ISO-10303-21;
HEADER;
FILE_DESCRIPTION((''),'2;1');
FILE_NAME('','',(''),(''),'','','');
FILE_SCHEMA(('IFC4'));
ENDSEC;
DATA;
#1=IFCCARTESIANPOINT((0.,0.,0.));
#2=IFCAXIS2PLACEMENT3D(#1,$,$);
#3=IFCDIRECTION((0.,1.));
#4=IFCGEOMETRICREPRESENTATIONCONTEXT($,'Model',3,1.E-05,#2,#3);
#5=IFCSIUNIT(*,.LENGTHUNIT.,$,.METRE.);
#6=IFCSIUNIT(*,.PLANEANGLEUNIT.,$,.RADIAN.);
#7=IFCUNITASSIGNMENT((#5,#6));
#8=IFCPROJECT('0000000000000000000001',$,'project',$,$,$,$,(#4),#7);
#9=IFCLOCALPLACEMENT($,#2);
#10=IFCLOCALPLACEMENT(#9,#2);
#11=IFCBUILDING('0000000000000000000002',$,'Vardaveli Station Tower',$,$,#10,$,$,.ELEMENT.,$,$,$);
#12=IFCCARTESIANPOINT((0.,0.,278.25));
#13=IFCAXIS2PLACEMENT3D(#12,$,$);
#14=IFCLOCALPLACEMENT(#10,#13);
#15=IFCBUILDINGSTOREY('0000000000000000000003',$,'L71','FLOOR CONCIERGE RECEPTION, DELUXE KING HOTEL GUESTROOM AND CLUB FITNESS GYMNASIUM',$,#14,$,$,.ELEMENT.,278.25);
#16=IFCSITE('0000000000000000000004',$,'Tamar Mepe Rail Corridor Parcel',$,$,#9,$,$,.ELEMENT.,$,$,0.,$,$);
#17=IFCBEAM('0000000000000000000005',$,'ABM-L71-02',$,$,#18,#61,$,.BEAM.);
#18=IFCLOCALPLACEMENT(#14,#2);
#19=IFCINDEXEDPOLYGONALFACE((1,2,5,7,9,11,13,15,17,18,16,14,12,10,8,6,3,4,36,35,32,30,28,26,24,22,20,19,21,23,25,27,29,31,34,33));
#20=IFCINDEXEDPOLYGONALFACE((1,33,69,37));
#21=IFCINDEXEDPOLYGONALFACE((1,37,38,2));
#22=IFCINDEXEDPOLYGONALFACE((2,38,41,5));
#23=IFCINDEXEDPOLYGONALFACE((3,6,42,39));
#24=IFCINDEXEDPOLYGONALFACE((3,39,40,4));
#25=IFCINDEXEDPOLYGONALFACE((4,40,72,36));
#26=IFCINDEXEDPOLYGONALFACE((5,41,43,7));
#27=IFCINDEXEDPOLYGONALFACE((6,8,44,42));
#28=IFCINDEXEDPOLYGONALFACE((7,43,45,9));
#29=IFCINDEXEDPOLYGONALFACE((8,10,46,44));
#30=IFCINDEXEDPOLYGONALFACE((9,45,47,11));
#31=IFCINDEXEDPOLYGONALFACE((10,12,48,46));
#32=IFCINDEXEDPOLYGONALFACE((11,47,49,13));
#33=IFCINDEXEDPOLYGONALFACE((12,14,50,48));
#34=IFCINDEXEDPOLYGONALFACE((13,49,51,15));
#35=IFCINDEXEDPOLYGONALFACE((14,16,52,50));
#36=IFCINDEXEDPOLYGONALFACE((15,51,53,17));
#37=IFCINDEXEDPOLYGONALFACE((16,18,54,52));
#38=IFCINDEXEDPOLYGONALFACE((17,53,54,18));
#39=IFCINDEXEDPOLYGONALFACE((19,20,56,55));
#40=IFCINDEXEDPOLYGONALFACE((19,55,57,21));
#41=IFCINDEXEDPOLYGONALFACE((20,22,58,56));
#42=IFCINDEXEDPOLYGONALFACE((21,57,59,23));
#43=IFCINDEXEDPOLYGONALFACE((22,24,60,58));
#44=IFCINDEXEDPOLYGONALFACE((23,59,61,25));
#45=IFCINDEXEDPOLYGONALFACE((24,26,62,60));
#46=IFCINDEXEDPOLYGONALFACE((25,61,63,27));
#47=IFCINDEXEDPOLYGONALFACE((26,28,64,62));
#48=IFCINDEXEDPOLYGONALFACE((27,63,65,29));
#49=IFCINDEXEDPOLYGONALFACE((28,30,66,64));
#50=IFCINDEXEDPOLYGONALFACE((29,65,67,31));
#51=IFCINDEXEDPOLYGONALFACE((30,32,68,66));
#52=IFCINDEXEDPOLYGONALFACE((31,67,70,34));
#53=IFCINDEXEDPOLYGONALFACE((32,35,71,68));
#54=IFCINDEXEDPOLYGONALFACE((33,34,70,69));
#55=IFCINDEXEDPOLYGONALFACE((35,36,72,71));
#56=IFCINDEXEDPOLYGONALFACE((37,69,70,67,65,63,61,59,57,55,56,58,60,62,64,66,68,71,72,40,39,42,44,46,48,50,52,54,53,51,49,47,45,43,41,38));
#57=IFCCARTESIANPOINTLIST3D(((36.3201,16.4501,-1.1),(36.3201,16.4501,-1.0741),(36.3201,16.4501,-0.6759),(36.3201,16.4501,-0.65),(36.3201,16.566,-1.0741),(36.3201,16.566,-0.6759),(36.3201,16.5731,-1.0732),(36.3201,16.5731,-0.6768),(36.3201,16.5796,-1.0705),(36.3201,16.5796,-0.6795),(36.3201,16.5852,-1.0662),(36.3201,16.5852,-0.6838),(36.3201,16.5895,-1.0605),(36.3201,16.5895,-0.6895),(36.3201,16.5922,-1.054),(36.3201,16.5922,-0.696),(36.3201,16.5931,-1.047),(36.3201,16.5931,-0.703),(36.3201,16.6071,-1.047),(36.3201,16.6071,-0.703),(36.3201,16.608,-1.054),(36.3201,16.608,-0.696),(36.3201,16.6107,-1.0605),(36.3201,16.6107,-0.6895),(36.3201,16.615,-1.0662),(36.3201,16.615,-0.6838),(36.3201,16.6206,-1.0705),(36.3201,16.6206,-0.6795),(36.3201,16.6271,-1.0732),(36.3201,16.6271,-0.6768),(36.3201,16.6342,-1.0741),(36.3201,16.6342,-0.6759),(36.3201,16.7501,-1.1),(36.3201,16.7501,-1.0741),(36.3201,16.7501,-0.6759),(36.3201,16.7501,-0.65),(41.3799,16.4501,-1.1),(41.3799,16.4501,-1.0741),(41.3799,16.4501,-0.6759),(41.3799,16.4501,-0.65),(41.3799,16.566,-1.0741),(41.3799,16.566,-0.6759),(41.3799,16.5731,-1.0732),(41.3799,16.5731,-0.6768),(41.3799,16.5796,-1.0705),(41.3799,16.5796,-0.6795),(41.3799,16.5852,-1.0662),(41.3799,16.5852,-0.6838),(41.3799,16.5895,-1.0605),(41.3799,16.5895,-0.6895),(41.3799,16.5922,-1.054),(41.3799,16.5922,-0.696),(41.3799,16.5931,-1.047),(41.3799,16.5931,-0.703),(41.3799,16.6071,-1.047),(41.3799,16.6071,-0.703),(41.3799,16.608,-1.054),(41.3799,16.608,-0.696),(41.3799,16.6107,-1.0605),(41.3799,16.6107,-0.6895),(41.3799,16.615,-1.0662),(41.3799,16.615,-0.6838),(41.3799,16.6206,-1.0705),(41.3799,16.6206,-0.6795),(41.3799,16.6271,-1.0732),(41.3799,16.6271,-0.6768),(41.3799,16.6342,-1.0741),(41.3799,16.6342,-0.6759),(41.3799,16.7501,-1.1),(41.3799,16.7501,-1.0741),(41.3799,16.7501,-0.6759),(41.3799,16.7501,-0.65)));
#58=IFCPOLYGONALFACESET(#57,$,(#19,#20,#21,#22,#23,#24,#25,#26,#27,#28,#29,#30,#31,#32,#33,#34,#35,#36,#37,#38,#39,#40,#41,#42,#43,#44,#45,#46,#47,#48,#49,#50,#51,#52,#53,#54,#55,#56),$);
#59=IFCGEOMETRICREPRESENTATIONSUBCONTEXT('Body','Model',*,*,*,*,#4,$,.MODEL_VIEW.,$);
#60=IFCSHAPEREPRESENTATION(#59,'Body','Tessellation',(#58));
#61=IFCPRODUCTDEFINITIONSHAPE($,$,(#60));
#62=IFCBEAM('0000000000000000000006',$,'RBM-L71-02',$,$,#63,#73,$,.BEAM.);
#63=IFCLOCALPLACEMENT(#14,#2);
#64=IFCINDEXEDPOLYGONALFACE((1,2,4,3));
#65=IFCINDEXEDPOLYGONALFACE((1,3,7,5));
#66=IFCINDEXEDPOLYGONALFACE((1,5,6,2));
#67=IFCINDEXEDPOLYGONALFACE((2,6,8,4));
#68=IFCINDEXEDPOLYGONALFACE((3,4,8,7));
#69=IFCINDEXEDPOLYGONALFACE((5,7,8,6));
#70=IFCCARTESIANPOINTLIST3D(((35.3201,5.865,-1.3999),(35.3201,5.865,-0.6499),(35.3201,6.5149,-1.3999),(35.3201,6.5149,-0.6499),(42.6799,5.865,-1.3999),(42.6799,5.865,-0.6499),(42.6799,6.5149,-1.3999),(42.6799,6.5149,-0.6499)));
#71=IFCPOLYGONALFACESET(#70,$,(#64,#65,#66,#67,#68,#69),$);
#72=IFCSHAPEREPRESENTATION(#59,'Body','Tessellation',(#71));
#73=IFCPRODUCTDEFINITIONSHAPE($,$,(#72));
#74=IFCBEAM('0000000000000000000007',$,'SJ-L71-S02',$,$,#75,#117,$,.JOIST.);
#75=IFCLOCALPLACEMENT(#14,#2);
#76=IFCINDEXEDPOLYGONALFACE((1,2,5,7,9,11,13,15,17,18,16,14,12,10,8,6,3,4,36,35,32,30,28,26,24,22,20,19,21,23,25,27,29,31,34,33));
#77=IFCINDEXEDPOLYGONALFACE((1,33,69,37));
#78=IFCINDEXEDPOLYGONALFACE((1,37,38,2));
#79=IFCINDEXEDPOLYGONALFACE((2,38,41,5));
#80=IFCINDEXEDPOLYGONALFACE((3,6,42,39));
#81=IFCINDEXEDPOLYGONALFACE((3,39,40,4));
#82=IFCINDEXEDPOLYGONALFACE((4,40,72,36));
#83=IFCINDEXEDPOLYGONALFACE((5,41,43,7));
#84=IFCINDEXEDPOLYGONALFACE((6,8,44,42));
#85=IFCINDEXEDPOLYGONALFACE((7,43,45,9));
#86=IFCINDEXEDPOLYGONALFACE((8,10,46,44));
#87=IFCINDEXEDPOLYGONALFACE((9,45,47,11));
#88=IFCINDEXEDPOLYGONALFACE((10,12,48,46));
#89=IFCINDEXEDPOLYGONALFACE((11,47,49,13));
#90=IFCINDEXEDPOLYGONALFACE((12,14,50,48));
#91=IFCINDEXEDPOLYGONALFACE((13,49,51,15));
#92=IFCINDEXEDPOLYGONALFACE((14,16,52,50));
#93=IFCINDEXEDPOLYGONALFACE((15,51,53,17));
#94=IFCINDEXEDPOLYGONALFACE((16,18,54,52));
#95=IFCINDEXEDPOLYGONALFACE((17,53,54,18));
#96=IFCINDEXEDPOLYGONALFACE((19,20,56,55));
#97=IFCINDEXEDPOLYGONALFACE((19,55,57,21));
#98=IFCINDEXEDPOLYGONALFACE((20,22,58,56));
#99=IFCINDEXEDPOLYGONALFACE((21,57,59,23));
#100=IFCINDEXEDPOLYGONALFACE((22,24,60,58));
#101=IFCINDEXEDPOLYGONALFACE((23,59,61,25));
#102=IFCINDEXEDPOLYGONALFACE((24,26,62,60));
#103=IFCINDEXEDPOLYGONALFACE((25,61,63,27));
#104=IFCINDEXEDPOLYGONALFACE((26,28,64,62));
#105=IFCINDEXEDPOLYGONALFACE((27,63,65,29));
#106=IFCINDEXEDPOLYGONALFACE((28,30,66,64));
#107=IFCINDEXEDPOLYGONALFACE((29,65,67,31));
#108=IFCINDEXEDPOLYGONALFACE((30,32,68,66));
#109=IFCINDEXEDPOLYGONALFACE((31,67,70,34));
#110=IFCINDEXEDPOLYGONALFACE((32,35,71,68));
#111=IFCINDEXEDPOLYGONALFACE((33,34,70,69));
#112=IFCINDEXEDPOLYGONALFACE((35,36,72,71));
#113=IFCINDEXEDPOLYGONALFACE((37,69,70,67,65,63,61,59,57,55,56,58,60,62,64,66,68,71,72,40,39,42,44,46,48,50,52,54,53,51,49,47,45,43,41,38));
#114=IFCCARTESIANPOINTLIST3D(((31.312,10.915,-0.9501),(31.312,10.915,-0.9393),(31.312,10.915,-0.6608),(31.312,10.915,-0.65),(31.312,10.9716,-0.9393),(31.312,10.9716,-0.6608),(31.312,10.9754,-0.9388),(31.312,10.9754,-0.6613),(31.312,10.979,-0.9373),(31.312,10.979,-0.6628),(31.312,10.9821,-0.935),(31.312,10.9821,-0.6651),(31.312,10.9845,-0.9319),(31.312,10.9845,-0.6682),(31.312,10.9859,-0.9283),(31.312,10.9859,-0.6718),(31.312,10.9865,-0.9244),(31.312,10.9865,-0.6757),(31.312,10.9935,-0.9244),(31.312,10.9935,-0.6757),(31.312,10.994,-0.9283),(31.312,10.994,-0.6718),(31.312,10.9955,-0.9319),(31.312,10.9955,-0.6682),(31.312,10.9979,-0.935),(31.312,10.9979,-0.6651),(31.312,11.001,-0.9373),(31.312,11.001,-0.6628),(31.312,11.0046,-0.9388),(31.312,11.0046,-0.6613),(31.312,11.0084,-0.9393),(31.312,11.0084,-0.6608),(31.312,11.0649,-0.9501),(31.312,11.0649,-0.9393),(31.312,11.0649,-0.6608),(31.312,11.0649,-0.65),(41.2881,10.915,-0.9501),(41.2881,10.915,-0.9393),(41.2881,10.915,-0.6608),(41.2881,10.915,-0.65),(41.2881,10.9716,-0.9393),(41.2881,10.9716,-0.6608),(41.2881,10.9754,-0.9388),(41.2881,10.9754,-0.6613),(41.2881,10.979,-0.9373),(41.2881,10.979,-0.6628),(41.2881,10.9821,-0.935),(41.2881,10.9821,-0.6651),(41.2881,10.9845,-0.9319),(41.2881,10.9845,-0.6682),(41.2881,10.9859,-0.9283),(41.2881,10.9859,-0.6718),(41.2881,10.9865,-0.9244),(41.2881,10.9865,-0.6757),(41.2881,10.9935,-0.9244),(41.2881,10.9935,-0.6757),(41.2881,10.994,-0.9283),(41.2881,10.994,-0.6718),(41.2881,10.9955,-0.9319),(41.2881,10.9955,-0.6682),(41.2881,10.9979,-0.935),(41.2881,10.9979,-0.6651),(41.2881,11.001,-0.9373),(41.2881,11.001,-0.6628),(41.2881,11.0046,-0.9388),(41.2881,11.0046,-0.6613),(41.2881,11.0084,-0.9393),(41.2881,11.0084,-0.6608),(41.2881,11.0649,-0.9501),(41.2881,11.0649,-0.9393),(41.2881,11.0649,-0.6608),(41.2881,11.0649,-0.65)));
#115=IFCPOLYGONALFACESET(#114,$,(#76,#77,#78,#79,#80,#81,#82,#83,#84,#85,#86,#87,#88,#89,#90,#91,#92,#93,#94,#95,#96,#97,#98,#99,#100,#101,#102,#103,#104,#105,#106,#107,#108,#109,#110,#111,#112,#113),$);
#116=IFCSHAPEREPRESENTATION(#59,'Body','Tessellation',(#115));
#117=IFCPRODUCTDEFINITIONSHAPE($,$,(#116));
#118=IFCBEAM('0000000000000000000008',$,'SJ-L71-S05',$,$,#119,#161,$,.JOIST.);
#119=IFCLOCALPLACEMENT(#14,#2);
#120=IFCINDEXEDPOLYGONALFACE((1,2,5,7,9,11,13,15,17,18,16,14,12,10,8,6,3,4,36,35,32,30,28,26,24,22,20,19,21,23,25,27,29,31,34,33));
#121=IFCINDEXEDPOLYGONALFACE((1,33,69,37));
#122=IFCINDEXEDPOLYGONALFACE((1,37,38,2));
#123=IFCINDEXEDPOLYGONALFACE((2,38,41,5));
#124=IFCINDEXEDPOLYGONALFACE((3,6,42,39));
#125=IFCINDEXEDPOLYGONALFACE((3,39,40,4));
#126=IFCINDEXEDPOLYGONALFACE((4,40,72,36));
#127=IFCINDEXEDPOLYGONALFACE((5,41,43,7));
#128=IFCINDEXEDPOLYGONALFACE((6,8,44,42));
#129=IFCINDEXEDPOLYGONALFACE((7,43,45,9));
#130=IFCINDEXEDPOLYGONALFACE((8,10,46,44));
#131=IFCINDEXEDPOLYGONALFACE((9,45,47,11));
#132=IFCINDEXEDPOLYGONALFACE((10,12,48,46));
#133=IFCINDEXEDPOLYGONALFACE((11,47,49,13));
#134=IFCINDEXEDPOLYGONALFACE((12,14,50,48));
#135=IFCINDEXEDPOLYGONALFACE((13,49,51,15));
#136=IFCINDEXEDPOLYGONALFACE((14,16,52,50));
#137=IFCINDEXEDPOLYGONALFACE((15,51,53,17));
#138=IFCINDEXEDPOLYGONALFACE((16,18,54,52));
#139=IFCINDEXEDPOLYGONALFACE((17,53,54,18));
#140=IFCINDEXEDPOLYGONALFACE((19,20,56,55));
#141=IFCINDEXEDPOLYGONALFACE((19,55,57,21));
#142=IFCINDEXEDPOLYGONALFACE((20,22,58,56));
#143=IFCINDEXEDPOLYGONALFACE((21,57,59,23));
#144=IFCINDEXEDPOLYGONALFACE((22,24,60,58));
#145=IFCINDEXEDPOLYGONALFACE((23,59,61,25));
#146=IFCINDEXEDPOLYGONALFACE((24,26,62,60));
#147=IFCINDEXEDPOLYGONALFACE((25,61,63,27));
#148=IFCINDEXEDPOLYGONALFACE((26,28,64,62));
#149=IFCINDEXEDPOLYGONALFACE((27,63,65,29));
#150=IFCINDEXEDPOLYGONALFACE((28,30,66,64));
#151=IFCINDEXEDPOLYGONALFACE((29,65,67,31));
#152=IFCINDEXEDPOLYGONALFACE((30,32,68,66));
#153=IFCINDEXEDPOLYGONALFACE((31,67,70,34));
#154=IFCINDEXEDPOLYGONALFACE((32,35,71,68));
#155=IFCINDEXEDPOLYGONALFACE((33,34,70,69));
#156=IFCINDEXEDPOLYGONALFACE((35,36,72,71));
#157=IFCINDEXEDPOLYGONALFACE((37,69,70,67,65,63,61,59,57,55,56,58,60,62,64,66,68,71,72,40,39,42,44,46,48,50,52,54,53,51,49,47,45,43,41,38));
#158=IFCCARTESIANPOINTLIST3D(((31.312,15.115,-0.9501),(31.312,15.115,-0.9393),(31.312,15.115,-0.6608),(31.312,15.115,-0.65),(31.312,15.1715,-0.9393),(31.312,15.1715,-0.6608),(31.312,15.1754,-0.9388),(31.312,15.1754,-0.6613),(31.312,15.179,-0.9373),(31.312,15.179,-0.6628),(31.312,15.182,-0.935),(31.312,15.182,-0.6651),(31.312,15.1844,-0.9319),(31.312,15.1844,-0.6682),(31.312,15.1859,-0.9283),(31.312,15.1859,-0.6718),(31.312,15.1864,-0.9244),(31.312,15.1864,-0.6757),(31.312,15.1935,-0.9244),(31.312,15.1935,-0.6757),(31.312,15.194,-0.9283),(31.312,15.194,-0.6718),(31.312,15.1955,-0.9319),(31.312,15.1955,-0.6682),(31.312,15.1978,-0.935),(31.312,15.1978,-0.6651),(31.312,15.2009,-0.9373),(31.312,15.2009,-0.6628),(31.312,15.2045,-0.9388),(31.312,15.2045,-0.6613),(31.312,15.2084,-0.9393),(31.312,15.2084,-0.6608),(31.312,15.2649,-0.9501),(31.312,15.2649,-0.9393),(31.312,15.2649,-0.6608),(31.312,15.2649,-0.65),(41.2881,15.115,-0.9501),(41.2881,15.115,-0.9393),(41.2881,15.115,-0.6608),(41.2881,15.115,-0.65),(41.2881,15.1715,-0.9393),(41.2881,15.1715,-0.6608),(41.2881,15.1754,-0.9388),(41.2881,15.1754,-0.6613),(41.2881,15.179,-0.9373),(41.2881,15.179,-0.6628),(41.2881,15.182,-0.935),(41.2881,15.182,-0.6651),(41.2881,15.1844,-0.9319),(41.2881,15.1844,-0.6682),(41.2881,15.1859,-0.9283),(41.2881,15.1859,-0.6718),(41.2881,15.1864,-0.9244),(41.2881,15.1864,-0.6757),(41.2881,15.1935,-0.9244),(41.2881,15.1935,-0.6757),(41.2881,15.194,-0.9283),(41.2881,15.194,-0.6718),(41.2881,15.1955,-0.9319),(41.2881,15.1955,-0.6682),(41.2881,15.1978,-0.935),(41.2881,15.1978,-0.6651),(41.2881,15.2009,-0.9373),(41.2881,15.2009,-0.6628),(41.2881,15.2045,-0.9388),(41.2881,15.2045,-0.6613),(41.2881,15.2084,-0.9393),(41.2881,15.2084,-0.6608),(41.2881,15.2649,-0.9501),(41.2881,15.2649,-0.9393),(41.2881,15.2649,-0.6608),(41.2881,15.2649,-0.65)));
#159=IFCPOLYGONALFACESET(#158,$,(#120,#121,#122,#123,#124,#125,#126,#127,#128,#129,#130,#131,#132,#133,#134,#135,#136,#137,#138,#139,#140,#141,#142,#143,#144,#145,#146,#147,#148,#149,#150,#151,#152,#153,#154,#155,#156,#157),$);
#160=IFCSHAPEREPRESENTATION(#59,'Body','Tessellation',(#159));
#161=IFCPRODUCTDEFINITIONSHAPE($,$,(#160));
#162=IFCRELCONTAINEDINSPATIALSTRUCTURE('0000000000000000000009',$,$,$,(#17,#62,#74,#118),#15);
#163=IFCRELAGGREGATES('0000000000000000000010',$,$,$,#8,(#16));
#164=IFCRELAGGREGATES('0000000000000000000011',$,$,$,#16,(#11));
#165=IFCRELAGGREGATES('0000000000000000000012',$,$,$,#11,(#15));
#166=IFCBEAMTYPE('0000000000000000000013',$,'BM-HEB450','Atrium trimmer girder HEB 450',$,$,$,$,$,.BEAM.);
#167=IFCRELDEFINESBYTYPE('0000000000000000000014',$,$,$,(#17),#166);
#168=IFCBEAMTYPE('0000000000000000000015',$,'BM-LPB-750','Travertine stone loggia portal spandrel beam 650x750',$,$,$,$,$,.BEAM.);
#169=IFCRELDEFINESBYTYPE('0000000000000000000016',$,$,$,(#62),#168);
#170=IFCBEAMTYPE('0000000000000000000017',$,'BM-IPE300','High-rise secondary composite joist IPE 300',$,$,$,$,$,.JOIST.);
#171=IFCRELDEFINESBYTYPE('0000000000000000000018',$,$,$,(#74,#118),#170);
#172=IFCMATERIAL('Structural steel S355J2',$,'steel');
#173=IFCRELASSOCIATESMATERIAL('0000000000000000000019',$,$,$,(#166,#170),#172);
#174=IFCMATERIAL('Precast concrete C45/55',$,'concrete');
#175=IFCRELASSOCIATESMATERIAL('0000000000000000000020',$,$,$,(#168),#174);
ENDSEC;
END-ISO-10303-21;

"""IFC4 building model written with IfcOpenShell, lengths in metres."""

from ifc_helpers import new_model, si_unit, direction, frame, origin, origin_2d, place, context, subcontext, project, spatial, rectangle, i_section, extrude, source, transform, mapped, material, material_profile, profile_set, type_object, element, save


model = new_model("IFC4")

# Units and contexts
model_context = context("Model", 3, precision=1e-05, world=origin(), true_north=direction((0.0, 1.0)))
body_context = subcontext(model_context, "Body", "Model", "MODEL_VIEW")
ifc_project = project(units=[si_unit("LENGTHUNIT", "METRE"), si_unit("PLANEANGLEUNIT", "RADIAN")], contexts=[model_context])

# Site, building, storey
site_placement = place(None, origin())
site = spatial("IfcSite", under=ifc_project, at=site_placement, Name="Tamar Mepe Rail Corridor Parcel", CompositionType="ELEMENT", RefElevation=0.0)
building_placement = place(site_placement, origin())
building = spatial("IfcBuilding", under=site, at=building_placement, Name="Vardaveli Station Tower", CompositionType="ELEMENT")
storey_placement = place(building_placement, frame((0.0, 0.0, 278.25)))
storey = spatial("IfcBuildingStorey", under=building, at=storey_placement, Name="L71", Description="FLOOR CONCIERGE RECEPTION, DELUXE KING HOTEL GUESTROOM AND CLUB FITNESS GYMNASIUM", CompositionType="ELEMENT", Elevation=278.25)

# Beams
ifc_material_1 = material(Name="Structural steel S355J2", Category="steel")
ifc_material_profile_1 = material_profile(ifc_material_1, i_section(OverallWidth=0.3, OverallDepth=0.45, WebThickness=0.0139, FlangeThickness=0.0259, FilletRadius=0.0271, at=origin_2d()), Name="HEB 450")
ifc_profile_set_1 = profile_set([ifc_material_profile_1], Name="Structural steel S355J2")
beam_type_1 = type_object("IfcBeamType", Name="BM-HEB450", Description="Atrium trimmer girder HEB 450", PredefinedType="BEAM", material=ifc_profile_set_1)
shared_shape_1 = source(origin(), body_context, "Body", "SweptSolid", [
    extrude(i_section(OverallWidth=0.3, OverallDepth=0.45, WebThickness=0.0139, FlangeThickness=0.0259, FilletRadius=0.0271, at=origin_2d()), origin(), (0.0, 0.0, 1.0), 5.0598),
])
beam_1_placement = place(storey_placement, frame((36.3201, 16.6001, -0.875), z_axis=(1.0, 0.0, 0.0), x_axis=(0.0, 1.0, 0.0)))
element("IfcBeam", 1, at=beam_1_placement, inside=storey, type_object=beam_type_1, Name="ABM-L71-02", PredefinedType="BEAM", context=body_context, shape_type="MappedRepresentation", body=[
    mapped(shared_shape_1, transform((0.0, 0.0, 0.0), scale=1.0)),
])
ifc_material_2 = material(Name="Precast concrete C45/55", Category="concrete")
ifc_material_profile_2 = material_profile(ifc_material_2, rectangle(XDim=0.6499, YDim=0.75, at=origin_2d()), Name="LPB 650x750")
ifc_profile_set_2 = profile_set([ifc_material_profile_2], Name="Precast concrete C45/55")
beam_type_2 = type_object("IfcBeamType", Name="BM-LPB-750", Description="Travertine stone loggia portal spandrel beam 650x750", PredefinedType="BEAM", material=ifc_profile_set_2)
shared_shape_2 = source(origin(), body_context, "Body", "SweptSolid", [
    extrude(rectangle(XDim=0.6499, YDim=0.75, at=origin_2d()), origin(), (0.0, 0.0, 1.0), 7.3599),
])
beam_2_placement = place(storey_placement, frame((35.3201, 6.1899, -1.0249), z_axis=(1.0, 0.0, 0.0), x_axis=(0.0, 1.0, 0.0)))
element("IfcBeam", 2, at=beam_2_placement, inside=storey, type_object=beam_type_2, Name="RBM-L71-02", PredefinedType="BEAM", context=body_context, shape_type="MappedRepresentation", body=[
    mapped(shared_shape_2, transform((0.0, 0.0, 0.0), scale=1.0)),
])
ifc_material_profile_3 = material_profile(ifc_material_1, i_section(OverallWidth=0.1499, OverallDepth=0.3, WebThickness=0.0071, FlangeThickness=0.0107, FilletRadius=0.0149, at=origin_2d()), Name="IPE 300")
ifc_profile_set_3 = profile_set([ifc_material_profile_3], Name="Structural steel S355J2")
beam_type_3 = type_object("IfcBeamType", Name="BM-IPE300", Description="High-rise secondary composite joist IPE 300", PredefinedType="JOIST", material=ifc_profile_set_3)
shared_shape_3 = source(origin(), body_context, "Body", "SweptSolid", [
    extrude(i_section(OverallWidth=0.1499, OverallDepth=0.3, WebThickness=0.0071, FlangeThickness=0.0107, FilletRadius=0.0149, at=origin_2d()), origin(), (0.0, 0.0, 1.0), 9.9761),
])
for number, where, z_axis, x_axis, name in (
    (3, (31.312, 10.99, -0.8), (1.0, 0.0, 0.0), (0.0, 1.0, 0.0), "SJ-L71-S02"),
    (4, (31.312, 15.1899, -0.8), (1.0, 0.0, 0.0), (0.0, 1.0, 0.0), "SJ-L71-S05"),
):
    element("IfcBeam", number, at=place(storey_placement, frame(where, z_axis=z_axis, x_axis=x_axis)), inside=storey, type_object=beam_type_3, Name=name, PredefinedType="JOIST", context=body_context, shape_type="MappedRepresentation", body=[
        mapped(shared_shape_3, transform((0.0, 0.0, 0.0), scale=1.0)),
    ])

save(model, "model.ifc")
